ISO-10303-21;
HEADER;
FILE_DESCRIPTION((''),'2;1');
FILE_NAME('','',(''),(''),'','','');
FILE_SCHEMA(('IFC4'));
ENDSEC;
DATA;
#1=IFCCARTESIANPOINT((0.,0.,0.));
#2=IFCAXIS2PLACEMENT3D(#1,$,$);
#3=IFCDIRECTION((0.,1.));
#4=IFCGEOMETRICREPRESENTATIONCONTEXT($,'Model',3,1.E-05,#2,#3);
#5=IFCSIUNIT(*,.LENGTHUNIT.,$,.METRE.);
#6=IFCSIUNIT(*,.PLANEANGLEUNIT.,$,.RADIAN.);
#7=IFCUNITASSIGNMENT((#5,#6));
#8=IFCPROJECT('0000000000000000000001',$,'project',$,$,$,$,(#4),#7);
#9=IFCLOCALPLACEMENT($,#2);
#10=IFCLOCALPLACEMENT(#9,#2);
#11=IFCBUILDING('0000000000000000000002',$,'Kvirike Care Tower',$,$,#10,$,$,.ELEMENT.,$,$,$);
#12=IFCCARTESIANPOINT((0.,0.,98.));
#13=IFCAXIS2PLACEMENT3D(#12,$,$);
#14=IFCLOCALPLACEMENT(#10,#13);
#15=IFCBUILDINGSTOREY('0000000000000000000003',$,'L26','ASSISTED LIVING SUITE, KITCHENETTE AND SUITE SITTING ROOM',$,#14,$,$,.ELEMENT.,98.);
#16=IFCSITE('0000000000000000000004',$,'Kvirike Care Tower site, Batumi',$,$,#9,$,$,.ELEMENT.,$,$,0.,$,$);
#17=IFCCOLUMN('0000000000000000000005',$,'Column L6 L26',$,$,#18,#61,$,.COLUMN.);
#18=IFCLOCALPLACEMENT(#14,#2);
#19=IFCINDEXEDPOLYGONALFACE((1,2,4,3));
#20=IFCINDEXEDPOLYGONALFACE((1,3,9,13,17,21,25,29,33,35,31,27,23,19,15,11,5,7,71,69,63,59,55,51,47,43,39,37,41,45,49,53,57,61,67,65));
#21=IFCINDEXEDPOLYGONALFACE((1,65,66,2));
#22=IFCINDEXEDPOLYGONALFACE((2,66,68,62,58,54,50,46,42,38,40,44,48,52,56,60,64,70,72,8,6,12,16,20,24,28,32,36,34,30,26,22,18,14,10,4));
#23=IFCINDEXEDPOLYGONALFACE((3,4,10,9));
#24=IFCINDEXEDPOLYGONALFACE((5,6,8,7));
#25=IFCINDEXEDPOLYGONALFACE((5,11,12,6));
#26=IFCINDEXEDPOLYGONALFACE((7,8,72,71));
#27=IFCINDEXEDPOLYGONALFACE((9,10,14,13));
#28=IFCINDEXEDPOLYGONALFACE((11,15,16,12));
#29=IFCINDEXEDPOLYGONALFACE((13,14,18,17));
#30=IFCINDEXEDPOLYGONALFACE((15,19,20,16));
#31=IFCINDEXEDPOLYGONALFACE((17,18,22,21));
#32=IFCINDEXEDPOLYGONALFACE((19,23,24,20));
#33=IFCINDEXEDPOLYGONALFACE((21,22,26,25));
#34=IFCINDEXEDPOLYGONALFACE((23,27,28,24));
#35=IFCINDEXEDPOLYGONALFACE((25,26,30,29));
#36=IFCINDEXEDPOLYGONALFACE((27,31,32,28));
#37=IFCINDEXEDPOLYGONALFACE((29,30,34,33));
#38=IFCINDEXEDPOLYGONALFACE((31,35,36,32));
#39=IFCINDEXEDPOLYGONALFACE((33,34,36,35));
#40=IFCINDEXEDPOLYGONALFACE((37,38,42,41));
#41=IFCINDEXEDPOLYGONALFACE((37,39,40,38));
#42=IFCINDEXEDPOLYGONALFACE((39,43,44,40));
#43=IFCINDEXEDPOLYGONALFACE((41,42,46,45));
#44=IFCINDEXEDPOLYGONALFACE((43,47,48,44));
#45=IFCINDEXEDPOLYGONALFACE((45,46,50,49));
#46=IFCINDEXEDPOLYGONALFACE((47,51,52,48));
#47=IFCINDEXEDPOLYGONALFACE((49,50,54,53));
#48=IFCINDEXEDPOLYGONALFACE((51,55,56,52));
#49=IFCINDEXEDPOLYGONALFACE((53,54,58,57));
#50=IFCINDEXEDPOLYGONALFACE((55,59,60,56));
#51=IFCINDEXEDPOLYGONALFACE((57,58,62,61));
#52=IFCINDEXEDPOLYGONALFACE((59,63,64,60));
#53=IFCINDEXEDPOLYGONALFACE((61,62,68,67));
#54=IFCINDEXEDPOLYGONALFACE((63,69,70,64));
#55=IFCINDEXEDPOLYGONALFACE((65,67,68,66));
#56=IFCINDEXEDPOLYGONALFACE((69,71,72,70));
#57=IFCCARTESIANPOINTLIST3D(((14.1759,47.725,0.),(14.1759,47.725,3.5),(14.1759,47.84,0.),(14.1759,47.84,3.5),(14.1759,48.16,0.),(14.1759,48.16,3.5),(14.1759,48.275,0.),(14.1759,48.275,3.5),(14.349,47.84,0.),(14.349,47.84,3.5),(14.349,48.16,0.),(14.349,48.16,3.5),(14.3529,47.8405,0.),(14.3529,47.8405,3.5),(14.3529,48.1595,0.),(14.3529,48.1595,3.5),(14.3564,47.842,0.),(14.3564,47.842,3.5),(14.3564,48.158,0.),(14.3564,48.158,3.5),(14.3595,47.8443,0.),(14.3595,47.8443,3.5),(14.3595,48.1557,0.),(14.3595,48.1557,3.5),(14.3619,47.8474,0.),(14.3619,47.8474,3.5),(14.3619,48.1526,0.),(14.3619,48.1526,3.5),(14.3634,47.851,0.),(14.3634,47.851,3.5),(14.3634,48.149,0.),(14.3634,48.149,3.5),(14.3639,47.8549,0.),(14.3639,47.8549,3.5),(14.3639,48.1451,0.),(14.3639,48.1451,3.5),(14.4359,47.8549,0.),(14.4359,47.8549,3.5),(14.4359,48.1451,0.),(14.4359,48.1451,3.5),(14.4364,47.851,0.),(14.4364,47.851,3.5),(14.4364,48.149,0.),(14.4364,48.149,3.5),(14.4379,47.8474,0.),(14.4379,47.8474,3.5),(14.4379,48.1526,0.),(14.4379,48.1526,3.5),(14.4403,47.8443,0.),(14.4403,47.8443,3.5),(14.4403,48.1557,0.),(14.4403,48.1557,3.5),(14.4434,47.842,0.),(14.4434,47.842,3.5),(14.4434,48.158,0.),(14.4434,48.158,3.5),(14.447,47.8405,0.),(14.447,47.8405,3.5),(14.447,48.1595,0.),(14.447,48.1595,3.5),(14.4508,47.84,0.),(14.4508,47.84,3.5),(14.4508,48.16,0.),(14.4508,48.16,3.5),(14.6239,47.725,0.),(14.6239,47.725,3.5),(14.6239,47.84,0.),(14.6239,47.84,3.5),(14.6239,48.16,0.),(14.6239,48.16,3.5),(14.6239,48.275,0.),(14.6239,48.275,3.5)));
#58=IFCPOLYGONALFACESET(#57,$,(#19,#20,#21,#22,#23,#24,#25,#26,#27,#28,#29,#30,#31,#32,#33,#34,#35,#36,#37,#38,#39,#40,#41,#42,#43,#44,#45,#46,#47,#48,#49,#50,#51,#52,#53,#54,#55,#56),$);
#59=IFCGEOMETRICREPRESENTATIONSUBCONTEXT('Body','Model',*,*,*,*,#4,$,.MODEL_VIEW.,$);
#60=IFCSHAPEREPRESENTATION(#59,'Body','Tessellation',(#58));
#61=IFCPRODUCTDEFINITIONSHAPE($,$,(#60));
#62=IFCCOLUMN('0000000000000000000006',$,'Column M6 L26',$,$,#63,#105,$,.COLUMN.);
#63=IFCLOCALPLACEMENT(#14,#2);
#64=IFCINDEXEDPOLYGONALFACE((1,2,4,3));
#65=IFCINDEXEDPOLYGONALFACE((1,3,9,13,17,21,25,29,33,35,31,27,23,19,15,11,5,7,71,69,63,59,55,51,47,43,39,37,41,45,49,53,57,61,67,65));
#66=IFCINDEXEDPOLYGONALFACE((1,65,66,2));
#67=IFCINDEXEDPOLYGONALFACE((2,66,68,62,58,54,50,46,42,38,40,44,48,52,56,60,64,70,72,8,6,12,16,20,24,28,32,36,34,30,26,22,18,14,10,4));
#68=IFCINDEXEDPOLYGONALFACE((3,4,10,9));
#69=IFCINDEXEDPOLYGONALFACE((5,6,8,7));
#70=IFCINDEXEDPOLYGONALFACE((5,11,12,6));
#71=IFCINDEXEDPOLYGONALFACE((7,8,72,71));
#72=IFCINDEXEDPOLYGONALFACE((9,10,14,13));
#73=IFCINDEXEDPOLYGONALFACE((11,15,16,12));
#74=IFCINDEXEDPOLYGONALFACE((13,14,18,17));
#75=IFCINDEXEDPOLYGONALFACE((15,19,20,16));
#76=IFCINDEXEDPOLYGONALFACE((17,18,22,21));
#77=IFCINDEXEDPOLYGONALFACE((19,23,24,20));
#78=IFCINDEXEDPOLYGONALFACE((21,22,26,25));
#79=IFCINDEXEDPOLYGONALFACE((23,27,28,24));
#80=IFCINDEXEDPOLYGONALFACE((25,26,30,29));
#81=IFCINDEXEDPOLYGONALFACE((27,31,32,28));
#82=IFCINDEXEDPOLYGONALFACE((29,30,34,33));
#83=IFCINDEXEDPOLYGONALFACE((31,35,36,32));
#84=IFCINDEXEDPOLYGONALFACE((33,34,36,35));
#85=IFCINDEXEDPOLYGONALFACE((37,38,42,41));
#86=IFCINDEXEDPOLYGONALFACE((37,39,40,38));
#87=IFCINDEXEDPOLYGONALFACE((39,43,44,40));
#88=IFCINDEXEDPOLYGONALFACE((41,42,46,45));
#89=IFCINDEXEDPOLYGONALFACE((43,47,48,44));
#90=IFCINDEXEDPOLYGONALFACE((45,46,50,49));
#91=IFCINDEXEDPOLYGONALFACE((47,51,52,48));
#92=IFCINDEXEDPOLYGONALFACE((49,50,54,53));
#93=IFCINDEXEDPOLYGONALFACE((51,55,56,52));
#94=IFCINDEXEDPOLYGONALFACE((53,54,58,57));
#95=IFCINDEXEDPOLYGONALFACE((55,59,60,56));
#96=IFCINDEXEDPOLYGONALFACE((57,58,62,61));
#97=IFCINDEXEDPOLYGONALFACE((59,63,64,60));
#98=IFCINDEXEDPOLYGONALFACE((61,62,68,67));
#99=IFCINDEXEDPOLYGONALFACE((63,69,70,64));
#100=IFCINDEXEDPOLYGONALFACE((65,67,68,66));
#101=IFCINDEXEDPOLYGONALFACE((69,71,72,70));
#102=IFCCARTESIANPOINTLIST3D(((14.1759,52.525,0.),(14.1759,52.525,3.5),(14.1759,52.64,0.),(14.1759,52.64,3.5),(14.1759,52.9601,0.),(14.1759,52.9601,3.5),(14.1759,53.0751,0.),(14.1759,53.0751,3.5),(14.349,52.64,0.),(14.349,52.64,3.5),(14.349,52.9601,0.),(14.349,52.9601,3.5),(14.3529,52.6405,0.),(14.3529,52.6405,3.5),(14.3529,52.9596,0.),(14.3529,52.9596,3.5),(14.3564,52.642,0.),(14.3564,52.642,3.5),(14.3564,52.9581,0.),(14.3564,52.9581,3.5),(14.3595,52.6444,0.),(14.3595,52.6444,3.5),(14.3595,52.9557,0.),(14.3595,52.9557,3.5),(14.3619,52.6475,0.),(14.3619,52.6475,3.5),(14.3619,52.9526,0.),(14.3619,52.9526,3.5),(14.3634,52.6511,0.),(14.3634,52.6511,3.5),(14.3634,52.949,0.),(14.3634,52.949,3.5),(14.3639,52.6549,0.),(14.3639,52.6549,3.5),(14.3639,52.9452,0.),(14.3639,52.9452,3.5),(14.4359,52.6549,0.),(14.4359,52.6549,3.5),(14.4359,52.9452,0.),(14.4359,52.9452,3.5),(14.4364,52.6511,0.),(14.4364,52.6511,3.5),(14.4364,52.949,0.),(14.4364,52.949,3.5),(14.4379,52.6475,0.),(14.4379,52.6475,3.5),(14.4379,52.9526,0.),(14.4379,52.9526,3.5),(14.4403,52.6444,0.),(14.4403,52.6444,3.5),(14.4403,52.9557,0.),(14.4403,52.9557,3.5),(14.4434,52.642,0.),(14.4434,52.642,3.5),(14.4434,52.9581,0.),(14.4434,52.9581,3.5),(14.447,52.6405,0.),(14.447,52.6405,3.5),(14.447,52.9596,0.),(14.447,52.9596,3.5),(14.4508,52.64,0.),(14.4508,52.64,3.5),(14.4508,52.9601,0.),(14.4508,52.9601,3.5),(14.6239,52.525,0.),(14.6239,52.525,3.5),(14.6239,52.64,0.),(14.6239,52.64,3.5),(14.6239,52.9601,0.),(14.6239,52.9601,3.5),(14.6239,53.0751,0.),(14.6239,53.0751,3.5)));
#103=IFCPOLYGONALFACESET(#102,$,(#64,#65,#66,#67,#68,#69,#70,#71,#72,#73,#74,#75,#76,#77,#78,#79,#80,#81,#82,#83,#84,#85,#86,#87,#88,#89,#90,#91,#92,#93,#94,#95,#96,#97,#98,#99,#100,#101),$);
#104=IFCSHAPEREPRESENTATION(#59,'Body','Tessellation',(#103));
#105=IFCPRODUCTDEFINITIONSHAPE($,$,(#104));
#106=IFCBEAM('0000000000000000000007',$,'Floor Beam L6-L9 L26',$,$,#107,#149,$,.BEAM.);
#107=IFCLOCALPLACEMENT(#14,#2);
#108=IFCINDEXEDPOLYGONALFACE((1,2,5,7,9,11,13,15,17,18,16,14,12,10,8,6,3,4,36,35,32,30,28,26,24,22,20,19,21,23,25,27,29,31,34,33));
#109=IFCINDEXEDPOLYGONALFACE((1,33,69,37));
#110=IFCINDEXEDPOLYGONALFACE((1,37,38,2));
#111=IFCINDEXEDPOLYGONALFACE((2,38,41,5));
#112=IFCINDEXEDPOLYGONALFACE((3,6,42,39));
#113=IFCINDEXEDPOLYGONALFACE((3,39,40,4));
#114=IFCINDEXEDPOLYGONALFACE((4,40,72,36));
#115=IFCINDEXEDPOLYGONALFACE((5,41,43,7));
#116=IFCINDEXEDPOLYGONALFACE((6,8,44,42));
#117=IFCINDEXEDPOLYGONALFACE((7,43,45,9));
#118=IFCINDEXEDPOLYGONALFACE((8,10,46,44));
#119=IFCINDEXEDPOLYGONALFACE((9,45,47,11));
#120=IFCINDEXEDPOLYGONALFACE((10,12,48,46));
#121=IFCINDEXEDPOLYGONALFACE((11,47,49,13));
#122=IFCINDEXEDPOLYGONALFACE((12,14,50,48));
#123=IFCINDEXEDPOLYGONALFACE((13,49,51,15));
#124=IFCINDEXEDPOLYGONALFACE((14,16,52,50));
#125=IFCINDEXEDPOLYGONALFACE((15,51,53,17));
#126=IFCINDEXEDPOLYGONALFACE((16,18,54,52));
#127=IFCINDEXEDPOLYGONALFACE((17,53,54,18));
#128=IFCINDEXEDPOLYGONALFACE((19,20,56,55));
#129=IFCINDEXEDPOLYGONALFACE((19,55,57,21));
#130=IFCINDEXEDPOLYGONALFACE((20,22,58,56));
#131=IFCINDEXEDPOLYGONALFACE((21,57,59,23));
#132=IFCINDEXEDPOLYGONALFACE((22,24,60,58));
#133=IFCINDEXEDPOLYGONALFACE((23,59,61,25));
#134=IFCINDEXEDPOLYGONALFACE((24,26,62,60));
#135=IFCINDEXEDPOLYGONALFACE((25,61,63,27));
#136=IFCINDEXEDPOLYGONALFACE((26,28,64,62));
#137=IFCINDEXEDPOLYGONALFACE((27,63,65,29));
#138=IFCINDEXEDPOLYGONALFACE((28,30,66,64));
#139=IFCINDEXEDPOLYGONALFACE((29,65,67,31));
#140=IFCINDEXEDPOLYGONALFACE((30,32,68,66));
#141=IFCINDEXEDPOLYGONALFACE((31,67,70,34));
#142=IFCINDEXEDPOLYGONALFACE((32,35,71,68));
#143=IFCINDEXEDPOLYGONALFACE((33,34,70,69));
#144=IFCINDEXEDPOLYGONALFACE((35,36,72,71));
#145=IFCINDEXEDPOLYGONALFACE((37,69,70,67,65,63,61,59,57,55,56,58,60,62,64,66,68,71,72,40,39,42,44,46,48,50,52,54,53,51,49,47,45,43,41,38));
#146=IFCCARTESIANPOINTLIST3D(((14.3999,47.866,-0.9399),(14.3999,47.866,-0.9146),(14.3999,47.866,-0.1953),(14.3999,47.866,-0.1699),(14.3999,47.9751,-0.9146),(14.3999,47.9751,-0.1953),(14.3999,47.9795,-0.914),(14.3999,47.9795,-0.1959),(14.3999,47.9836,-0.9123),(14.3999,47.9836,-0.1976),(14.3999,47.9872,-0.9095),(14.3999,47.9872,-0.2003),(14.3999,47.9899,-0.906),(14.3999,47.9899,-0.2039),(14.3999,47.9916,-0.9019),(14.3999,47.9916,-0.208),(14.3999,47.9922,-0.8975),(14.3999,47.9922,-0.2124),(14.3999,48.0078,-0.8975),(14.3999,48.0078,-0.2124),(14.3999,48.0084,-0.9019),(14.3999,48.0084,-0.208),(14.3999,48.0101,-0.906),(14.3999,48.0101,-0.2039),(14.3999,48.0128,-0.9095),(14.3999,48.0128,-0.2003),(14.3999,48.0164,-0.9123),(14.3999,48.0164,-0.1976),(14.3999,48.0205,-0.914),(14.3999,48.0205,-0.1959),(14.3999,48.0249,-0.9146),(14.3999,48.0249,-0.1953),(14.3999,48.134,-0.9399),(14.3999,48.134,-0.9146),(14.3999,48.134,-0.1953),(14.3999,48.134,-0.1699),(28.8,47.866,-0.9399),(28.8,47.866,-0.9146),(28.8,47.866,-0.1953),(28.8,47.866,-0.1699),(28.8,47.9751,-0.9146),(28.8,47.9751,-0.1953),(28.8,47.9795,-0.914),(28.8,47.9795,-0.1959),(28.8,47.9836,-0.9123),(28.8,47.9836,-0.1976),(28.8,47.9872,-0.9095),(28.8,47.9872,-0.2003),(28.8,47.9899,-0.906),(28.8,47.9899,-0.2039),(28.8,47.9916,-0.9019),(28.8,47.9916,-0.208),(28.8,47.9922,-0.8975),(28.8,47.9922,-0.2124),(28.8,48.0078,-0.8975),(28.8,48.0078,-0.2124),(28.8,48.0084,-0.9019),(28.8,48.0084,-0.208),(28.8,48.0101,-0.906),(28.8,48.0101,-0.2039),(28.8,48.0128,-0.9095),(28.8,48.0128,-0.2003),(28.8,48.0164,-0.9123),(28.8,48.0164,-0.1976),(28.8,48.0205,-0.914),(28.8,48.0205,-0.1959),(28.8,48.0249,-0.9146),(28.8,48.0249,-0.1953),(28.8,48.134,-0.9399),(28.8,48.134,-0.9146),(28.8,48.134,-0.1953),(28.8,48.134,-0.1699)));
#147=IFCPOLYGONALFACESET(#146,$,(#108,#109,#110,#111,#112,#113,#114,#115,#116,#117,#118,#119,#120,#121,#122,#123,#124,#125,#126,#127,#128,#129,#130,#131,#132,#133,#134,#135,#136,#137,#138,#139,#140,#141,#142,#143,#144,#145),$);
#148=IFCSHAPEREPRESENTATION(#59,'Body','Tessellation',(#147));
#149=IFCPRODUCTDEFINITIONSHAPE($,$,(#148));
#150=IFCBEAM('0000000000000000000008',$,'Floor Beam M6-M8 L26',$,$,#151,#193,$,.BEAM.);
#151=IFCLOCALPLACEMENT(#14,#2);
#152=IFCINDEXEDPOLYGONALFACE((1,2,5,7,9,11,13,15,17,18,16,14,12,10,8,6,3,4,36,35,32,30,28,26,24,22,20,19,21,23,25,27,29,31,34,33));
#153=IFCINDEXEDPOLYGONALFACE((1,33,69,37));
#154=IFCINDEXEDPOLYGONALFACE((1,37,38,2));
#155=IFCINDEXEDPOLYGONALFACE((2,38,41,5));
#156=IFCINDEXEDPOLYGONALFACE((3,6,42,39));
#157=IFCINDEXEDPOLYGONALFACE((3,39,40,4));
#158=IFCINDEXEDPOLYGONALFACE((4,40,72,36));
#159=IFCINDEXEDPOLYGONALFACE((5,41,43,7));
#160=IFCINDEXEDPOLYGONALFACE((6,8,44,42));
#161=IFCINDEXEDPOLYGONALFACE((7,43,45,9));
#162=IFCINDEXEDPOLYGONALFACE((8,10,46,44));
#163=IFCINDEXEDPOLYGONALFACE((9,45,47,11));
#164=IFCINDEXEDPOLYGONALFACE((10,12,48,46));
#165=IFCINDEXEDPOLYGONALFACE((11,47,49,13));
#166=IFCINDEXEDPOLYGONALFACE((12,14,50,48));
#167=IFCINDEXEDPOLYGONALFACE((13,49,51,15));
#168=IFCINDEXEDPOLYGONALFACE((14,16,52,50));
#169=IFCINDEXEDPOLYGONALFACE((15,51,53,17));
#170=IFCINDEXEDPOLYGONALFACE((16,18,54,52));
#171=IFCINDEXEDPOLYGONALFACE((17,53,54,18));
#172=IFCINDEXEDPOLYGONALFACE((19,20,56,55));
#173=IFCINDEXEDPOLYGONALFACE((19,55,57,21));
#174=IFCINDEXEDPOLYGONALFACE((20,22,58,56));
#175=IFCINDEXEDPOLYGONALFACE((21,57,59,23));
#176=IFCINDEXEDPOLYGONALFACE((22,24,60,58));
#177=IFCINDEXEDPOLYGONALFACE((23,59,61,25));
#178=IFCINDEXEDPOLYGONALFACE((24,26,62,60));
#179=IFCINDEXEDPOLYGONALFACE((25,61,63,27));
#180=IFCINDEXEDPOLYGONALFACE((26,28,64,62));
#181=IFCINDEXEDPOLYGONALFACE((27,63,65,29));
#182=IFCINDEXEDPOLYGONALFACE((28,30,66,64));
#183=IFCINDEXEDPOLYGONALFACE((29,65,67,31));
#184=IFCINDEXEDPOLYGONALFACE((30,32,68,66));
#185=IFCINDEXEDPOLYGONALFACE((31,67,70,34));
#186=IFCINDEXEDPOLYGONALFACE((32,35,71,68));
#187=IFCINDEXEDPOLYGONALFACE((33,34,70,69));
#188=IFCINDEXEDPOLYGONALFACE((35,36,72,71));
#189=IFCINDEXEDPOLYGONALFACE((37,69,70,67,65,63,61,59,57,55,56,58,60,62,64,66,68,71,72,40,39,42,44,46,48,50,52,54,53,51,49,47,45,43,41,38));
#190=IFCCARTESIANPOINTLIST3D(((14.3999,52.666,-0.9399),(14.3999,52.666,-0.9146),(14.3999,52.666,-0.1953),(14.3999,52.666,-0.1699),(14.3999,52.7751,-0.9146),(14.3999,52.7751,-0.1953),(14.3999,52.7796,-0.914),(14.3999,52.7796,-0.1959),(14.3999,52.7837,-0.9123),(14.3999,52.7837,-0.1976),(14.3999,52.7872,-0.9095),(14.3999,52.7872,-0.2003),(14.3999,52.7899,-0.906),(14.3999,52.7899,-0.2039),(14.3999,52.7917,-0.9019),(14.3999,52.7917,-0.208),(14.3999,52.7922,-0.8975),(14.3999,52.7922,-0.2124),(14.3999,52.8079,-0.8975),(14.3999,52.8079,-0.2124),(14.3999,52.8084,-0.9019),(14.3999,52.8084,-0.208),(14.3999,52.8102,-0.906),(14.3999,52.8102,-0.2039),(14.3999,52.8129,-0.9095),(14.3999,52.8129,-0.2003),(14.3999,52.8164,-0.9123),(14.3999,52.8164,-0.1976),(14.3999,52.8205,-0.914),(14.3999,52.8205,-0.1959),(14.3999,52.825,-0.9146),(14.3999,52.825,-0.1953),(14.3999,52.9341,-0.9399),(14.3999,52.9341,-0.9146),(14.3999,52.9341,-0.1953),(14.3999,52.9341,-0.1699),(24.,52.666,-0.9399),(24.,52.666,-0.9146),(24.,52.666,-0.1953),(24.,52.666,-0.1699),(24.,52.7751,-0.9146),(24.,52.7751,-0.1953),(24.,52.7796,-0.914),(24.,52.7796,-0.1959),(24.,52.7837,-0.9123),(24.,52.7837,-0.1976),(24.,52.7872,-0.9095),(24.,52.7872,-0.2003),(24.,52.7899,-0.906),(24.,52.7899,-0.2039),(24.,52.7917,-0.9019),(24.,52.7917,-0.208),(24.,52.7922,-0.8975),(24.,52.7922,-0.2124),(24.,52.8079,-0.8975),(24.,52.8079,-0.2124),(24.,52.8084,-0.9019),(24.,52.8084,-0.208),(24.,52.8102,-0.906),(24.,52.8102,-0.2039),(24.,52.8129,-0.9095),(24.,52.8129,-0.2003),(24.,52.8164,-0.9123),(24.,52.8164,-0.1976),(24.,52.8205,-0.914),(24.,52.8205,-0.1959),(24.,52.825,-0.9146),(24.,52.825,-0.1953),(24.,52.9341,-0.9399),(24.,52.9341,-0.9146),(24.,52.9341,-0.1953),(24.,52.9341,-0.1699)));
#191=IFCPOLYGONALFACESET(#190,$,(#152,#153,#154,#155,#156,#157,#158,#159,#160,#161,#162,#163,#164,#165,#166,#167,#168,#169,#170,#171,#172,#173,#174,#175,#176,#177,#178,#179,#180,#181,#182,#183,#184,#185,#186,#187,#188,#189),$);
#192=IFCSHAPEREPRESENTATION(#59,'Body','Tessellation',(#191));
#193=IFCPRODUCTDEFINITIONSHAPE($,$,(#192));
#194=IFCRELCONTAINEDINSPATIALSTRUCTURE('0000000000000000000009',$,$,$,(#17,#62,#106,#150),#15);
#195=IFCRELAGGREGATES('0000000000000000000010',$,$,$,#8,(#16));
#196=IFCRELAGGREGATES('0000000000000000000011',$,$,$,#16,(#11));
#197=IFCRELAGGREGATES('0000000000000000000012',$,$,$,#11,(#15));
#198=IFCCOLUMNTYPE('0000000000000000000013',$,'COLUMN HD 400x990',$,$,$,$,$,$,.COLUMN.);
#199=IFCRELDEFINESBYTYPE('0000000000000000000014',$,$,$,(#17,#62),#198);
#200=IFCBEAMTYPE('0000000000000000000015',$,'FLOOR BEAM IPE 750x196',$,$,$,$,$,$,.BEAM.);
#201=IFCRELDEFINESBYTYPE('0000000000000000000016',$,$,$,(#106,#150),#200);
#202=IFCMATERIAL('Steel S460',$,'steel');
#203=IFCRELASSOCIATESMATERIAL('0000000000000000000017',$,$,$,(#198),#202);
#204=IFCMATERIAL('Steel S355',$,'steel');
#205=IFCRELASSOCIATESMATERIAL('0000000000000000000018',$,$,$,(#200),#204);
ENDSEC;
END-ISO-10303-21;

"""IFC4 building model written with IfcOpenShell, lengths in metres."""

from ifc_helpers import new_model, si_unit, direction, frame, origin, origin_2d, place, context, subcontext, project, spatial, i_section, extrude, material, material_profile, profile_set, type_object, element, save


model = new_model("IFC4")

# Units and contexts
model_context = context("Model", 3, precision=1e-05, world=origin(), true_north=direction((0.0, 1.0)))
body_context = subcontext(model_context, "Body", "Model", "MODEL_VIEW")
ifc_project = project(units=[si_unit("LENGTHUNIT", "METRE"), si_unit("PLANEANGLEUNIT", "RADIAN")], contexts=[model_context])

# Site, building, storey
site_placement = place(None, origin())
site = spatial("IfcSite", under=ifc_project, at=site_placement, Name="Kvirike Care Tower site, Batumi", CompositionType="ELEMENT", RefElevation=0.0)
building_placement = place(site_placement, origin())
building = spatial("IfcBuilding", under=site, at=building_placement, Name="Kvirike Care Tower", CompositionType="ELEMENT")
storey_placement = place(building_placement, frame((0.0, 0.0, 98.0)))
storey = spatial("IfcBuildingStorey", under=building, at=storey_placement, Name="L26", Description="ASSISTED LIVING SUITE, KITCHENETTE AND SUITE SITTING ROOM", CompositionType="ELEMENT", Elevation=98.0)

# Columns
ifc_material_1 = material(Name="Steel S460", Category="steel")
ifc_material_profile_1 = material_profile(ifc_material_1, i_section(OverallWidth=0.448, OverallDepth=0.55, WebThickness=0.072, FlangeThickness=0.115, FilletRadius=0.0149, at=origin_2d()), Name="HD 400x990")
ifc_profile_set_1 = profile_set([ifc_material_profile_1], Name="Steel S460")
column_type = type_object("IfcColumnType", Name="COLUMN HD 400x990", PredefinedType="COLUMN", material=ifc_profile_set_1)
for number, where, z_axis, x_axis, name in (
    (1, (14.3999, 48.0, 0.0), (0.0, 0.0, 1.0), (1.0, 0.0, 0.0), "Column L6 L26"),
    (2, (14.3999, 52.8, 0.0), (0.0, 0.0, 1.0), (1.0, 0.0, 0.0), "Column M6 L26"),
):
    element("IfcColumn", number, at=place(storey_placement, frame(where, z_axis=z_axis, x_axis=x_axis)), inside=storey, type_object=column_type, Name=name, PredefinedType="COLUMN", context=body_context, shape_type="SweptSolid", body=[
        extrude(i_section(OverallWidth=0.448, OverallDepth=0.55, WebThickness=0.072, FlangeThickness=0.115, FilletRadius=0.0149, at=origin_2d()), origin(), (0.0, 0.0, 1.0), 3.5),
    ])

# Beams
ifc_material_2 = material(Name="Steel S355", Category="steel")
ifc_material_profile_2 = material_profile(ifc_material_2, i_section(OverallWidth=0.2681, OverallDepth=0.77, WebThickness=0.0156, FlangeThickness=0.0254, FilletRadius=0.0171, at=origin_2d()), Name="IPE 750x196")
ifc_profile_set_2 = profile_set([ifc_material_profile_2], Name="Steel S355")
beam_type_1 = type_object("IfcBeamType", Name="FLOOR BEAM IPE 750x196", PredefinedType="BEAM", material=ifc_profile_set_2)
beam_1_placement = place(storey_placement, frame((14.3999, 48.0, -0.5549), z_axis=(1.0, 0.0, 0.0), x_axis=(0.0, 1.0, 0.0)))
element("IfcBeam", 3, at=beam_1_placement, inside=storey, type_object=beam_type_1, Name="Floor Beam L6-L9 L26", PredefinedType="BEAM", context=body_context, shape_type="SweptSolid", body=[
    extrude(i_section(OverallWidth=0.2681, OverallDepth=0.77, WebThickness=0.0156, FlangeThickness=0.0254, FilletRadius=0.0171, at=origin_2d()), origin(), (0.0, 0.0, 1.0), 14.4001),
])
beam_2_placement = place(storey_placement, frame((14.3999, 52.8, -0.5549), z_axis=(1.0, 0.0, 0.0), x_axis=(0.0, 1.0, 0.0)))
element("IfcBeam", 4, at=beam_2_placement, inside=storey, type_object=beam_type_1, Name="Floor Beam M6-M8 L26", PredefinedType="BEAM", context=body_context, shape_type="SweptSolid", body=[
    extrude(i_section(OverallWidth=0.2681, OverallDepth=0.77, WebThickness=0.0156, FlangeThickness=0.0254, FilletRadius=0.0171, at=origin_2d()), origin(), (0.0, 0.0, 1.0), 9.6001),
])

save(model, "model.ifc")
